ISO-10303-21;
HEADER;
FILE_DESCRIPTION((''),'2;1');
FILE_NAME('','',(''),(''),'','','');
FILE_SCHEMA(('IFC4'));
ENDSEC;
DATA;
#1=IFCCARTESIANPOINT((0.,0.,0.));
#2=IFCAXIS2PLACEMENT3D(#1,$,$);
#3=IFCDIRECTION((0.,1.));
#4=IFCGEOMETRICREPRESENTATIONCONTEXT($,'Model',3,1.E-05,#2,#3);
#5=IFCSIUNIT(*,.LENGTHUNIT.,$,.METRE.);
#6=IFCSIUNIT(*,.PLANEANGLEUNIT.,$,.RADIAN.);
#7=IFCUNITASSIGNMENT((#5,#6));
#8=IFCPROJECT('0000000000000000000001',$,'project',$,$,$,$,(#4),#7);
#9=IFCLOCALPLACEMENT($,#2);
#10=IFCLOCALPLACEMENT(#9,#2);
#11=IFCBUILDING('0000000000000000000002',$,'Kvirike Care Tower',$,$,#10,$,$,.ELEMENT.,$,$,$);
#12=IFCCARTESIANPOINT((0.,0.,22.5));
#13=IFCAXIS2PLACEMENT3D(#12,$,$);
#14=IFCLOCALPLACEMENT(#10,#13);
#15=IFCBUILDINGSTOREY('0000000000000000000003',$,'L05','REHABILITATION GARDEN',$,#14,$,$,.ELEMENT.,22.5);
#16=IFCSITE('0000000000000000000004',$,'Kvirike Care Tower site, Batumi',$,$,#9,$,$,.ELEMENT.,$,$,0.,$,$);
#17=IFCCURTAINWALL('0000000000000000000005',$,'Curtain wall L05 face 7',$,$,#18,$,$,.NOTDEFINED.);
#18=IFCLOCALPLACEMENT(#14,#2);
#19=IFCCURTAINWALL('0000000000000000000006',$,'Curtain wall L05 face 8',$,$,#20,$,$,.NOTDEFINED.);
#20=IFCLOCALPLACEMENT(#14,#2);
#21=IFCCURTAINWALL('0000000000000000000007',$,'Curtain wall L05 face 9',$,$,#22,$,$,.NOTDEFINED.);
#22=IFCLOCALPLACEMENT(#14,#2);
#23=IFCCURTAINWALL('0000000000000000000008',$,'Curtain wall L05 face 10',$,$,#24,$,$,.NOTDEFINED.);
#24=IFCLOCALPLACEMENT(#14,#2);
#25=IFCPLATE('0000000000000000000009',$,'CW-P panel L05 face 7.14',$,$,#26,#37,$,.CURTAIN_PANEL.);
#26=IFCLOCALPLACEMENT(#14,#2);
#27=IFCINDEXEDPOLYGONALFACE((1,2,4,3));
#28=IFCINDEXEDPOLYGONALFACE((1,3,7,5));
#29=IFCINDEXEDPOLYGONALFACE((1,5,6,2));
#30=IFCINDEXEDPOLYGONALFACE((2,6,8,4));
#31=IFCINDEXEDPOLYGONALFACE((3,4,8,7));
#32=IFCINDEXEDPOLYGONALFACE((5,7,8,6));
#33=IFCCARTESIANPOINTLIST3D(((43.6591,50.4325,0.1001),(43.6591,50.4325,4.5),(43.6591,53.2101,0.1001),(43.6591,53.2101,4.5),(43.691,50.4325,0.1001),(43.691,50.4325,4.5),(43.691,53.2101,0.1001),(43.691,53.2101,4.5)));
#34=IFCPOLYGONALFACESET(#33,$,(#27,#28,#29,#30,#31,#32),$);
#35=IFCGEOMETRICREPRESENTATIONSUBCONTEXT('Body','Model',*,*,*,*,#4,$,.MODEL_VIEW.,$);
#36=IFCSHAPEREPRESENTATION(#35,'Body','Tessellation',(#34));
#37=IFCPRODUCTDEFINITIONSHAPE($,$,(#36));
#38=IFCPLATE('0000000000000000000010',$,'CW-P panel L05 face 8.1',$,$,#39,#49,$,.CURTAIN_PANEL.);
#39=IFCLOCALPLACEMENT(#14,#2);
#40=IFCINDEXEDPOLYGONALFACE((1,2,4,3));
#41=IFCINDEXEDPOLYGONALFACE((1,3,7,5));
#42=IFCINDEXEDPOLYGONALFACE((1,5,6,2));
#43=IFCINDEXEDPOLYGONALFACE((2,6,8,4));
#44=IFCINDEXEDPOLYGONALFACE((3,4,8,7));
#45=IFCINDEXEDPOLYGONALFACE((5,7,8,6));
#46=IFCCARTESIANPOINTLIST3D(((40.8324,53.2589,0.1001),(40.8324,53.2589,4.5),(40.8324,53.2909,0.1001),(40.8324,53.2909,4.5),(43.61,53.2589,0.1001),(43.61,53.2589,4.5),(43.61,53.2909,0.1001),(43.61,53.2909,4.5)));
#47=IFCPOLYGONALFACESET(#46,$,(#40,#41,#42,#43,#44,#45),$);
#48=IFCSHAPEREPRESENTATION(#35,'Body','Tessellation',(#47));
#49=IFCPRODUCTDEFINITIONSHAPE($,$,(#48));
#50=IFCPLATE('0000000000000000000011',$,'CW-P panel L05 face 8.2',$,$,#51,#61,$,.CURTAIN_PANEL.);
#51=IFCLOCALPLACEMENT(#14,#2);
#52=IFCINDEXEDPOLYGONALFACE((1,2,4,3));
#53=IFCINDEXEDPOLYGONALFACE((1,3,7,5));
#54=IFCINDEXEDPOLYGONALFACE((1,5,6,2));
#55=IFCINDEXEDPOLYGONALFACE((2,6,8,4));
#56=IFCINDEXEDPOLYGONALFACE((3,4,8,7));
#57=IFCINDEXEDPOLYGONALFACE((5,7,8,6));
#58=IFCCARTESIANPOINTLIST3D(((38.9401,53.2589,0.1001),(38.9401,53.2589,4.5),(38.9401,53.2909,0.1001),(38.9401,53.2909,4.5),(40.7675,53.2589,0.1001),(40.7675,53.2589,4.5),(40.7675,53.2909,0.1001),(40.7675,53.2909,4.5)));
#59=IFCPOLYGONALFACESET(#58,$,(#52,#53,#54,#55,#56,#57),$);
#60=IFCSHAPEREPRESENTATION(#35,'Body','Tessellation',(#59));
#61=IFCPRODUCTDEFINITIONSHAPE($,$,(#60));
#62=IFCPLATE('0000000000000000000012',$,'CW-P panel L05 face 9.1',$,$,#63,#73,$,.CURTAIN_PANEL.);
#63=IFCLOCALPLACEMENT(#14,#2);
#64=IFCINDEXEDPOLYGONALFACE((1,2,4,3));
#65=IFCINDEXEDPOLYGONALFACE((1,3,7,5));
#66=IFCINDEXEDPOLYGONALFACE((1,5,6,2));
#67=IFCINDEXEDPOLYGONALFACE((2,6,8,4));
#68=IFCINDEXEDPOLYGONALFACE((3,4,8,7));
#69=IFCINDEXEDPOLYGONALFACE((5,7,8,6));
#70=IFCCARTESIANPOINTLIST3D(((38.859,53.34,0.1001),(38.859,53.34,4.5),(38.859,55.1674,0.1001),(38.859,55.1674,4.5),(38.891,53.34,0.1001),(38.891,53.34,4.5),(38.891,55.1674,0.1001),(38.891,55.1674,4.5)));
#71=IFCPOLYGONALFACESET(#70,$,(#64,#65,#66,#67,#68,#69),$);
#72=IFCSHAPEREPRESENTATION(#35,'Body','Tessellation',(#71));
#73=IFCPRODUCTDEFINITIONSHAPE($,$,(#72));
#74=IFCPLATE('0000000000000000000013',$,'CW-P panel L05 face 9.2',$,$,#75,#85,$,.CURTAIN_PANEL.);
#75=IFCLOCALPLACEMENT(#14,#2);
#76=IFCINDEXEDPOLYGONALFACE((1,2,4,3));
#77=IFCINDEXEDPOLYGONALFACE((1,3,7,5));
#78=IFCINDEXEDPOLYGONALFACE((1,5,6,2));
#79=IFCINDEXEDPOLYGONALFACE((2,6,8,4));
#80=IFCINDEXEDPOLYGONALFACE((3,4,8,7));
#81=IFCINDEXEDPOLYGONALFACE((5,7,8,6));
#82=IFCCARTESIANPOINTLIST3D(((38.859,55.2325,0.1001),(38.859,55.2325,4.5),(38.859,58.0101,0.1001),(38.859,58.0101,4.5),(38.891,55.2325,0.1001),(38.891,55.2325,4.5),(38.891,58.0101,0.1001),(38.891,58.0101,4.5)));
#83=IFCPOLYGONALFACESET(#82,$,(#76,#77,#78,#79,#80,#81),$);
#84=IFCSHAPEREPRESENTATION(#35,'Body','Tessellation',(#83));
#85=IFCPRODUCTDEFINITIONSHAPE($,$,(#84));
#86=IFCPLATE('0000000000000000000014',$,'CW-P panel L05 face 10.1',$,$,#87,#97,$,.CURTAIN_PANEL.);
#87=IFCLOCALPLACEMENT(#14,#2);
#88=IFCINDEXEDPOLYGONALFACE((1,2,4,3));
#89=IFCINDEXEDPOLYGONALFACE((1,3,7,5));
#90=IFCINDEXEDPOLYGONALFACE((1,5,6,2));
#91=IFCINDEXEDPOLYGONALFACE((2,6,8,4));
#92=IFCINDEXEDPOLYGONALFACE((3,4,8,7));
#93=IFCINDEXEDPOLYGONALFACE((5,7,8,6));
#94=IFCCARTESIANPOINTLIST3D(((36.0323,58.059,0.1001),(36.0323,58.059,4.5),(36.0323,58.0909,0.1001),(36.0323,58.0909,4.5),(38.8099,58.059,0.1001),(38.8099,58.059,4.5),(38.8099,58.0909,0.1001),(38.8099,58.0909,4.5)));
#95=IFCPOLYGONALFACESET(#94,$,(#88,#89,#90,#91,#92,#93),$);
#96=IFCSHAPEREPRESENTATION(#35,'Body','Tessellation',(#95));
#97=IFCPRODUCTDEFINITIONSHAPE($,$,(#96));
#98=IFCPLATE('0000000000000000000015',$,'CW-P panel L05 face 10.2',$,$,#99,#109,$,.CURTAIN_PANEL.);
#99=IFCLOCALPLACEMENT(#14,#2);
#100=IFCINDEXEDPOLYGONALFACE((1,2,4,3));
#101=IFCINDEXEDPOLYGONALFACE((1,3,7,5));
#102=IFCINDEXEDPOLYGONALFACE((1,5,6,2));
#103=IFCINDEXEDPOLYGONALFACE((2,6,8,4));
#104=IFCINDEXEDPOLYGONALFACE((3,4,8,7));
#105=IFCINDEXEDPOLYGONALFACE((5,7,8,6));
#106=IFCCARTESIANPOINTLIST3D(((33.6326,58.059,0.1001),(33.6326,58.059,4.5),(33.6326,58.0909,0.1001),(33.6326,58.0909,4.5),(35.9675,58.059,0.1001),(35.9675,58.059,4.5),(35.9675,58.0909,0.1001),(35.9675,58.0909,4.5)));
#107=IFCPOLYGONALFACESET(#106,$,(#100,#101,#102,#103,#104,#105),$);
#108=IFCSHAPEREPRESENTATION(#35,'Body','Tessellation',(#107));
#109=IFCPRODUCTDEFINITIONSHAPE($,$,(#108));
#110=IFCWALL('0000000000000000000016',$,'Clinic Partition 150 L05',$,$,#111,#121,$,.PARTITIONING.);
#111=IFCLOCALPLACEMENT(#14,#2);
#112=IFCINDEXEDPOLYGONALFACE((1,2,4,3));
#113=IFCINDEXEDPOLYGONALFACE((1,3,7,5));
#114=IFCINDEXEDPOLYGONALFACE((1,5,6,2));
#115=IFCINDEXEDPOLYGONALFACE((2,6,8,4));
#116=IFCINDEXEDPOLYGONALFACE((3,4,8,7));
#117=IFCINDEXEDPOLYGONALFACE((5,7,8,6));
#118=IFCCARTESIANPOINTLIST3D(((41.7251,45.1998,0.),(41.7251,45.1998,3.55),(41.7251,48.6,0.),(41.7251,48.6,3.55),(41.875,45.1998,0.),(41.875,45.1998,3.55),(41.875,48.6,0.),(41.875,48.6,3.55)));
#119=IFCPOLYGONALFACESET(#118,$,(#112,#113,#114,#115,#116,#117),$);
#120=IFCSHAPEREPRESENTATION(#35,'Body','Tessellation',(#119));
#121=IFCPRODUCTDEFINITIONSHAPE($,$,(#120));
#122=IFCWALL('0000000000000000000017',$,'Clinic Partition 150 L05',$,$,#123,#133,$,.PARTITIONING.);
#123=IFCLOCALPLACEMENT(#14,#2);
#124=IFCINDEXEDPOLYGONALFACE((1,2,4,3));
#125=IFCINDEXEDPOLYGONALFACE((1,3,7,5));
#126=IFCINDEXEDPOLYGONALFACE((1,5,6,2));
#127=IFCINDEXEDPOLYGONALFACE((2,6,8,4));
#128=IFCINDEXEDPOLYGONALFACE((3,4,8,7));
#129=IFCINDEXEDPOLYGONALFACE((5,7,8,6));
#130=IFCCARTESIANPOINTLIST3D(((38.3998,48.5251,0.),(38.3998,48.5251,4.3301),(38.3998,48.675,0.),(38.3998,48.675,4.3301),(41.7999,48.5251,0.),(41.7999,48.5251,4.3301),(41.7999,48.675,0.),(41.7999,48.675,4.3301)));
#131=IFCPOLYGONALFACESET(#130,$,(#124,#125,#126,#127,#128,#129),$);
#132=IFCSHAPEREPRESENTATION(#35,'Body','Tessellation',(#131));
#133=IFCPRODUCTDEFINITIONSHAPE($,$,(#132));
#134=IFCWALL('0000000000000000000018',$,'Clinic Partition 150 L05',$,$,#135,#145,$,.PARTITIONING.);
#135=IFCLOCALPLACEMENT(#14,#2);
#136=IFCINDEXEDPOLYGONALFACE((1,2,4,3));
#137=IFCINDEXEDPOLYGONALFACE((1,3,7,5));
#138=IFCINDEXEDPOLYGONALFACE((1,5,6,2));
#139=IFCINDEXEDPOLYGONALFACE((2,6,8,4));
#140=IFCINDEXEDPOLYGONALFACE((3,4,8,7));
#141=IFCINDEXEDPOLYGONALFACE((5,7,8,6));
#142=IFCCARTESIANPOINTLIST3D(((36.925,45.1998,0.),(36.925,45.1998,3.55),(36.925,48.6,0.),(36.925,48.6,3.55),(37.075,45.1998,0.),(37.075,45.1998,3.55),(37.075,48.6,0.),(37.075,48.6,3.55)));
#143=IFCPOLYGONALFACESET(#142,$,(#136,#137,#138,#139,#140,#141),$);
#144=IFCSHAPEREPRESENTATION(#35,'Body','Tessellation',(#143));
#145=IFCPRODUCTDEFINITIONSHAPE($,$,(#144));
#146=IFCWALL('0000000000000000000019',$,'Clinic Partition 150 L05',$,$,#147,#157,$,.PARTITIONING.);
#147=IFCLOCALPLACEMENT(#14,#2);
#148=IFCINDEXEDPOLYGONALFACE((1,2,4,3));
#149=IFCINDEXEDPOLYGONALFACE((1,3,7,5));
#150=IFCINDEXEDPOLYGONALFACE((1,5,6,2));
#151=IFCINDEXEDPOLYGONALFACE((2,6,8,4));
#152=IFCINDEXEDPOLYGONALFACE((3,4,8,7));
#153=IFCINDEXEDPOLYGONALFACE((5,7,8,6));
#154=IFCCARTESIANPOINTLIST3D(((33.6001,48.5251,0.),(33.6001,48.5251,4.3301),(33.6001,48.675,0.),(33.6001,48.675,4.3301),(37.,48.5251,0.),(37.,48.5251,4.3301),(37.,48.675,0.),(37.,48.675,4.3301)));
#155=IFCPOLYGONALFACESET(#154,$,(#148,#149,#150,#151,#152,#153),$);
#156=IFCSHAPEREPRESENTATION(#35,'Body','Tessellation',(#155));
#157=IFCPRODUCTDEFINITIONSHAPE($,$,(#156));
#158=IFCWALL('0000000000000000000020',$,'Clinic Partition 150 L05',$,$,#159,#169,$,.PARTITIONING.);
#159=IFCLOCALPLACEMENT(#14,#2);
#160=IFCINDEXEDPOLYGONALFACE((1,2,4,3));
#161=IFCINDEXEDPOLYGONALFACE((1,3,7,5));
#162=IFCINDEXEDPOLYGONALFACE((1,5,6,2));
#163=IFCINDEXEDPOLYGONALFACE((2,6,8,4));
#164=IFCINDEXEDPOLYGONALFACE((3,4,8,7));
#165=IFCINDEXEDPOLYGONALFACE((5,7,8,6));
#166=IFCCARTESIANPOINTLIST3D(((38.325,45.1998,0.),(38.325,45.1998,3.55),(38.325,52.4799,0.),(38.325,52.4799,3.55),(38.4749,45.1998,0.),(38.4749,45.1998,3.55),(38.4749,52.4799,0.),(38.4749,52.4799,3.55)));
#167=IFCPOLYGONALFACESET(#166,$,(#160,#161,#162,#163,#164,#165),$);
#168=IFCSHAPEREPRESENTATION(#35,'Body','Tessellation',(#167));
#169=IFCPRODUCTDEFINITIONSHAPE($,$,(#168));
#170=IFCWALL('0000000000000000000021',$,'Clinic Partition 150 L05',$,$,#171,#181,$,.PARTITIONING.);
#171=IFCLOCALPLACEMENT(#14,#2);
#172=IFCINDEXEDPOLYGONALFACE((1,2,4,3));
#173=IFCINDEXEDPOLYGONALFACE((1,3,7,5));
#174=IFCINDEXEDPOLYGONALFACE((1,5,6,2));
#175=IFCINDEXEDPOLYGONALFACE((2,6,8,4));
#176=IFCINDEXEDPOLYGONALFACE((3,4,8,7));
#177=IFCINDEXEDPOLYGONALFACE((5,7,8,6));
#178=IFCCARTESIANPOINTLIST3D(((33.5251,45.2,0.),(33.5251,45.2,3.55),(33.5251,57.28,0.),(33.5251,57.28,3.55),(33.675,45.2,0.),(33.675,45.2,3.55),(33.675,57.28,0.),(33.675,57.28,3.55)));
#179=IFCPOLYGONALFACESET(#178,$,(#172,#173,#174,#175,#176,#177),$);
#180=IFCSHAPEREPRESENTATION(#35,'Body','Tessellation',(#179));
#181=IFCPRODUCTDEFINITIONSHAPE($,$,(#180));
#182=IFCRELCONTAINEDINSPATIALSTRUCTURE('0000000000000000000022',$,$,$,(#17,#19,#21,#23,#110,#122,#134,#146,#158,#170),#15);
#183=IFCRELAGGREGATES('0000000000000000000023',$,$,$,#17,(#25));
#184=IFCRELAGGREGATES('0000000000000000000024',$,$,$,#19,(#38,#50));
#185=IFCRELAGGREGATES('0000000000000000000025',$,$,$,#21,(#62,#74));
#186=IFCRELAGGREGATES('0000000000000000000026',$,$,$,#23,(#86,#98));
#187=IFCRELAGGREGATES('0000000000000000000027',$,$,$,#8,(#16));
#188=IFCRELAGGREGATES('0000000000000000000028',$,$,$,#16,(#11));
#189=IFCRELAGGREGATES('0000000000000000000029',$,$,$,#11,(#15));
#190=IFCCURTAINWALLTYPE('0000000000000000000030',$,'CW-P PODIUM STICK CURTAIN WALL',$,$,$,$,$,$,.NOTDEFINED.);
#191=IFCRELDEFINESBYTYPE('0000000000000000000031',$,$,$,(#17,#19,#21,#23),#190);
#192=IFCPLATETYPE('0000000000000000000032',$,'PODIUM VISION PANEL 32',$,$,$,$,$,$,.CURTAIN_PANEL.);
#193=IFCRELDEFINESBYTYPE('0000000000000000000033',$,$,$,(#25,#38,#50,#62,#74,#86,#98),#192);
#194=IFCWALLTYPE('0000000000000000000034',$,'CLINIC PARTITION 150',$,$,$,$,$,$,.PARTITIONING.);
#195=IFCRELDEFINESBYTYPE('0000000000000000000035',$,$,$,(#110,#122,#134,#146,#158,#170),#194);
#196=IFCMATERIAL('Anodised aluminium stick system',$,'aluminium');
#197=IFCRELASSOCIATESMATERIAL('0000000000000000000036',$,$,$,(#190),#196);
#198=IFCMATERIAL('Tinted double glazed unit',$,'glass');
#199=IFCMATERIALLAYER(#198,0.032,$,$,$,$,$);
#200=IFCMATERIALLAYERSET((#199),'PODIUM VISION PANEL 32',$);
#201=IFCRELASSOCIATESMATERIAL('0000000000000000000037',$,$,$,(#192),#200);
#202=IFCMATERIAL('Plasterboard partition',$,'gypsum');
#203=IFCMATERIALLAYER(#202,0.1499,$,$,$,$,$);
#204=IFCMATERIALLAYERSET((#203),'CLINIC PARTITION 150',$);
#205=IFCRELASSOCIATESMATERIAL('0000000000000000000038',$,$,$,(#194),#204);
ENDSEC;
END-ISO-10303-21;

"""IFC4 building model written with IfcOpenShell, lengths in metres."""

from ifc_helpers import new_model, si_unit, direction, frame, frame_2d, origin, origin_2d, place, context, subcontext, project, spatial, rectangle, extrude, material, layer, layer_set, type_object, element, aggregate, save


model = new_model("IFC4")

# Units and contexts
model_context = context("Model", 3, precision=1e-05, world=origin(), true_north=direction((0.0, 1.0)))
body_context = subcontext(model_context, "Body", "Model", "MODEL_VIEW")
ifc_project = project(units=[si_unit("LENGTHUNIT", "METRE"), si_unit("PLANEANGLEUNIT", "RADIAN")], contexts=[model_context])

# Site, building, storey
site_placement = place(None, origin())
site = spatial("IfcSite", under=ifc_project, at=site_placement, Name="Kvirike Care Tower site, Batumi", CompositionType="ELEMENT", RefElevation=0.0)
building_placement = place(site_placement, origin())
building = spatial("IfcBuilding", under=site, at=building_placement, Name="Kvirike Care Tower", CompositionType="ELEMENT")
storey_placement = place(building_placement, frame((0.0, 0.0, 22.5)))
storey = spatial("IfcBuildingStorey", under=building, at=storey_placement, Name="L05", Description="REHABILITATION GARDEN", CompositionType="ELEMENT", Elevation=22.5)

# Curtain walls
ifc_material_1 = material(Name="Anodised aluminium stick system", Category="aluminium")
curtain_wall_type = type_object("IfcCurtainWallType", Name="CW-P PODIUM STICK CURTAIN WALL", PredefinedType="NOTDEFINED", material=ifc_material_1)
curtain_wall_1_placement = place(storey_placement, origin())
curtain_wall_1 = element("IfcCurtainWall", 1, at=curtain_wall_1_placement, inside=storey, type_object=curtain_wall_type, Name="Curtain wall L05 face 7", PredefinedType="NOTDEFINED")
curtain_wall_2_placement = place(storey_placement, origin())
curtain_wall_2 = element("IfcCurtainWall", 2, at=curtain_wall_2_placement, inside=storey, type_object=curtain_wall_type, Name="Curtain wall L05 face 8", PredefinedType="NOTDEFINED")
curtain_wall_3_placement = place(storey_placement, origin())
curtain_wall_3 = element("IfcCurtainWall", 3, at=curtain_wall_3_placement, inside=storey, type_object=curtain_wall_type, Name="Curtain wall L05 face 9", PredefinedType="NOTDEFINED")
curtain_wall_4_placement = place(storey_placement, origin())
curtain_wall_4 = element("IfcCurtainWall", 4, at=curtain_wall_4_placement, inside=storey, type_object=curtain_wall_type, Name="Curtain wall L05 face 10", PredefinedType="NOTDEFINED")

# Plates
ifc_material_2 = material(Name="Tinted double glazed unit", Category="glass")
ifc_layer_1 = layer(ifc_material_2, 0.032)
ifc_layer_set_1 = layer_set([ifc_layer_1], Name="PODIUM VISION PANEL 32")
plate_type = type_object("IfcPlateType", Name="PODIUM VISION PANEL 32", PredefinedType="CURTAIN_PANEL", material=ifc_layer_set_1)
plate_1_placement = place(storey_placement, frame((43.675, 51.8213, 0.1001), z_axis=(0.0, 0.0, 1.0), x_axis=(0.0, 1.0, 0.0)))
plate_1 = element("IfcPlate", 5, at=plate_1_placement, type_object=plate_type, Name="CW-P panel L05 face 7.14", PredefinedType="CURTAIN_PANEL", context=body_context, shape_type="SweptSolid", body=[
    extrude(rectangle(XDim=2.7776, YDim=0.032, at=origin_2d()), origin(), (0.0, 0.0, 1.0), 4.3999),
])
aggregate(curtain_wall_1, [plate_1])
plate_2_placement = place(storey_placement, frame((42.2212, 53.2749, 0.1001), z_axis=(0.0, 0.0, 1.0), x_axis=(-1.0, 0.0, 0.0)))
plate_2 = element("IfcPlate", 6, at=plate_2_placement, type_object=plate_type, Name="CW-P panel L05 face 8.1", PredefinedType="CURTAIN_PANEL", context=body_context, shape_type="SweptSolid", body=[
    extrude(rectangle(XDim=2.7776, YDim=0.032, at=origin_2d()), origin(), (0.0, 0.0, 1.0), 4.3999),
])
plate_3_placement = place(storey_placement, frame((39.8538, 53.2749, 0.1001), z_axis=(0.0, 0.0, 1.0), x_axis=(-1.0, 0.0, 0.0)))
plate_3 = element("IfcPlate", 7, at=plate_3_placement, type_object=plate_type, Name="CW-P panel L05 face 8.2", PredefinedType="CURTAIN_PANEL", context=body_context, shape_type="SweptSolid", body=[
    extrude(rectangle(XDim=1.8274, YDim=0.032, at=origin_2d()), origin(), (0.0, 0.0, 1.0), 4.3999),
])
aggregate(curtain_wall_2, [plate_2, plate_3])
plate_4_placement = place(storey_placement, frame((38.875, 54.2537, 0.1001), z_axis=(0.0, 0.0, 1.0), x_axis=(0.0, 1.0, 0.0)))
plate_4 = element("IfcPlate", 8, at=plate_4_placement, type_object=plate_type, Name="CW-P panel L05 face 9.1", PredefinedType="CURTAIN_PANEL", context=body_context, shape_type="SweptSolid", body=[
    extrude(rectangle(XDim=1.8274, YDim=0.032, at=origin_2d()), origin(), (0.0, 0.0, 1.0), 4.3999),
])
plate_5_placement = place(storey_placement, frame((38.875, 56.6213, 0.1001), z_axis=(0.0, 0.0, 1.0), x_axis=(0.0, 1.0, 0.0)))
plate_5 = element("IfcPlate", 9, at=plate_5_placement, type_object=plate_type, Name="CW-P panel L05 face 9.2", PredefinedType="CURTAIN_PANEL", context=body_context, shape_type="SweptSolid", body=[
    extrude(rectangle(XDim=2.7776, YDim=0.032, at=origin_2d()), origin(), (0.0, 0.0, 1.0), 4.3999),
])
aggregate(curtain_wall_3, [plate_4, plate_5])
plate_6_placement = place(storey_placement, frame((37.4211, 58.075, 0.1001), z_axis=(0.0, 0.0, 1.0), x_axis=(-1.0, 0.0, 0.0)))
plate_6 = element("IfcPlate", 10, at=plate_6_placement, type_object=plate_type, Name="CW-P panel L05 face 10.1", PredefinedType="CURTAIN_PANEL", context=body_context, shape_type="SweptSolid", body=[
    extrude(rectangle(XDim=2.7776, YDim=0.032, at=origin_2d()), origin(), (0.0, 0.0, 1.0), 4.3999),
])
plate_7_placement = place(storey_placement, frame((34.8, 58.075, 0.1001), z_axis=(0.0, 0.0, 1.0), x_axis=(-1.0, 0.0, 0.0)))
plate_7 = element("IfcPlate", 11, at=plate_7_placement, type_object=plate_type, Name="CW-P panel L05 face 10.2", PredefinedType="CURTAIN_PANEL", context=body_context, shape_type="SweptSolid", body=[
    extrude(rectangle(XDim=2.335, YDim=0.032, at=origin_2d()), origin(), (0.0, 0.0, 1.0), 4.3999),
])
aggregate(curtain_wall_4, [plate_6, plate_7])

# Walls
ifc_material_3 = material(Name="Plasterboard partition", Category="gypsum")
ifc_layer_2 = layer(ifc_material_3, 0.1499)
ifc_layer_set_2 = layer_set([ifc_layer_2], Name="CLINIC PARTITION 150")
wall_type = type_object("IfcWallType", Name="CLINIC PARTITION 150", PredefinedType="PARTITIONING", material=ifc_layer_set_2)
wall_1_placement = place(storey_placement, frame((41.8, 48.6001, 0.0), z_axis=(0.0, 0.0, 1.0), x_axis=(0.0, -1.0, 0.0)))
element("IfcWall", 12, at=wall_1_placement, inside=storey, type_object=wall_type, Name="Clinic Partition 150 L05", PredefinedType="PARTITIONING", context=body_context, shape_type="SweptSolid", body=[
    extrude(rectangle(XDim=3.4001, YDim=0.1499, at=frame_2d((1.7002, 0.0))), origin(), (0.0, 0.0, 1.0), 3.55),
])
wall_2_placement = place(storey_placement, frame((41.8, 48.6001, 0.0), z_axis=(0.0, 0.0, 1.0), x_axis=(-1.0, 0.0, 0.0)))
element("IfcWall", 13, at=wall_2_placement, inside=storey, type_object=wall_type, Name="Clinic Partition 150 L05", PredefinedType="PARTITIONING", context=body_context, shape_type="SweptSolid", body=[
    extrude(rectangle(XDim=3.4001, YDim=0.1499, at=frame_2d((1.7002, 0.0))), origin(), (0.0, 0.0, 1.0), 4.3301),
])
wall_3_placement = place(storey_placement, frame((37.0, 48.6001, 0.0), z_axis=(0.0, 0.0, 1.0), x_axis=(0.0, -1.0, 0.0)))
element("IfcWall", 14, at=wall_3_placement, inside=storey, type_object=wall_type, Name="Clinic Partition 150 L05", PredefinedType="PARTITIONING", context=body_context, shape_type="SweptSolid", body=[
    extrude(rectangle(XDim=3.4001, YDim=0.1499, at=frame_2d((1.7002, 0.0))), origin(), (0.0, 0.0, 1.0), 3.55),
])
wall_4_placement = place(storey_placement, frame((37.0, 48.6001, 0.0), z_axis=(0.0, 0.0, 1.0), x_axis=(-1.0, 0.0, 0.0)))
element("IfcWall", 15, at=wall_4_placement, inside=storey, type_object=wall_type, Name="Clinic Partition 150 L05", PredefinedType="PARTITIONING", context=body_context, shape_type="SweptSolid", body=[
    extrude(rectangle(XDim=3.3999, YDim=0.1499, at=frame_2d((1.7, 0.0))), origin(), (0.0, 0.0, 1.0), 4.3301),
])
wall_5_placement = place(storey_placement, frame((38.3999, 52.48, 0.0), z_axis=(0.0, 0.0, 1.0), x_axis=(0.0, -1.0, 0.0)))
element("IfcWall", 16, at=wall_5_placement, inside=storey, type_object=wall_type, Name="Clinic Partition 150 L05", PredefinedType="PARTITIONING", context=body_context, shape_type="SweptSolid", body=[
    extrude(rectangle(XDim=7.28, YDim=0.1499, at=frame_2d((3.6401, 0.0))), origin(), (0.0, 0.0, 1.0), 3.55),
])
wall_6_placement = place(storey_placement, frame((33.6001, 57.28, 0.0), z_axis=(0.0, 0.0, 1.0), x_axis=(0.0, -1.0, 0.0)))
element("IfcWall", 17, at=wall_6_placement, inside=storey, type_object=wall_type, Name="Clinic Partition 150 L05", PredefinedType="PARTITIONING", context=body_context, shape_type="SweptSolid", body=[
    extrude(rectangle(XDim=12.0801, YDim=0.1499, at=frame_2d((6.04, 0.0))), origin(), (0.0, 0.0, 1.0), 3.55),
])

save(model, "model.ifc")
